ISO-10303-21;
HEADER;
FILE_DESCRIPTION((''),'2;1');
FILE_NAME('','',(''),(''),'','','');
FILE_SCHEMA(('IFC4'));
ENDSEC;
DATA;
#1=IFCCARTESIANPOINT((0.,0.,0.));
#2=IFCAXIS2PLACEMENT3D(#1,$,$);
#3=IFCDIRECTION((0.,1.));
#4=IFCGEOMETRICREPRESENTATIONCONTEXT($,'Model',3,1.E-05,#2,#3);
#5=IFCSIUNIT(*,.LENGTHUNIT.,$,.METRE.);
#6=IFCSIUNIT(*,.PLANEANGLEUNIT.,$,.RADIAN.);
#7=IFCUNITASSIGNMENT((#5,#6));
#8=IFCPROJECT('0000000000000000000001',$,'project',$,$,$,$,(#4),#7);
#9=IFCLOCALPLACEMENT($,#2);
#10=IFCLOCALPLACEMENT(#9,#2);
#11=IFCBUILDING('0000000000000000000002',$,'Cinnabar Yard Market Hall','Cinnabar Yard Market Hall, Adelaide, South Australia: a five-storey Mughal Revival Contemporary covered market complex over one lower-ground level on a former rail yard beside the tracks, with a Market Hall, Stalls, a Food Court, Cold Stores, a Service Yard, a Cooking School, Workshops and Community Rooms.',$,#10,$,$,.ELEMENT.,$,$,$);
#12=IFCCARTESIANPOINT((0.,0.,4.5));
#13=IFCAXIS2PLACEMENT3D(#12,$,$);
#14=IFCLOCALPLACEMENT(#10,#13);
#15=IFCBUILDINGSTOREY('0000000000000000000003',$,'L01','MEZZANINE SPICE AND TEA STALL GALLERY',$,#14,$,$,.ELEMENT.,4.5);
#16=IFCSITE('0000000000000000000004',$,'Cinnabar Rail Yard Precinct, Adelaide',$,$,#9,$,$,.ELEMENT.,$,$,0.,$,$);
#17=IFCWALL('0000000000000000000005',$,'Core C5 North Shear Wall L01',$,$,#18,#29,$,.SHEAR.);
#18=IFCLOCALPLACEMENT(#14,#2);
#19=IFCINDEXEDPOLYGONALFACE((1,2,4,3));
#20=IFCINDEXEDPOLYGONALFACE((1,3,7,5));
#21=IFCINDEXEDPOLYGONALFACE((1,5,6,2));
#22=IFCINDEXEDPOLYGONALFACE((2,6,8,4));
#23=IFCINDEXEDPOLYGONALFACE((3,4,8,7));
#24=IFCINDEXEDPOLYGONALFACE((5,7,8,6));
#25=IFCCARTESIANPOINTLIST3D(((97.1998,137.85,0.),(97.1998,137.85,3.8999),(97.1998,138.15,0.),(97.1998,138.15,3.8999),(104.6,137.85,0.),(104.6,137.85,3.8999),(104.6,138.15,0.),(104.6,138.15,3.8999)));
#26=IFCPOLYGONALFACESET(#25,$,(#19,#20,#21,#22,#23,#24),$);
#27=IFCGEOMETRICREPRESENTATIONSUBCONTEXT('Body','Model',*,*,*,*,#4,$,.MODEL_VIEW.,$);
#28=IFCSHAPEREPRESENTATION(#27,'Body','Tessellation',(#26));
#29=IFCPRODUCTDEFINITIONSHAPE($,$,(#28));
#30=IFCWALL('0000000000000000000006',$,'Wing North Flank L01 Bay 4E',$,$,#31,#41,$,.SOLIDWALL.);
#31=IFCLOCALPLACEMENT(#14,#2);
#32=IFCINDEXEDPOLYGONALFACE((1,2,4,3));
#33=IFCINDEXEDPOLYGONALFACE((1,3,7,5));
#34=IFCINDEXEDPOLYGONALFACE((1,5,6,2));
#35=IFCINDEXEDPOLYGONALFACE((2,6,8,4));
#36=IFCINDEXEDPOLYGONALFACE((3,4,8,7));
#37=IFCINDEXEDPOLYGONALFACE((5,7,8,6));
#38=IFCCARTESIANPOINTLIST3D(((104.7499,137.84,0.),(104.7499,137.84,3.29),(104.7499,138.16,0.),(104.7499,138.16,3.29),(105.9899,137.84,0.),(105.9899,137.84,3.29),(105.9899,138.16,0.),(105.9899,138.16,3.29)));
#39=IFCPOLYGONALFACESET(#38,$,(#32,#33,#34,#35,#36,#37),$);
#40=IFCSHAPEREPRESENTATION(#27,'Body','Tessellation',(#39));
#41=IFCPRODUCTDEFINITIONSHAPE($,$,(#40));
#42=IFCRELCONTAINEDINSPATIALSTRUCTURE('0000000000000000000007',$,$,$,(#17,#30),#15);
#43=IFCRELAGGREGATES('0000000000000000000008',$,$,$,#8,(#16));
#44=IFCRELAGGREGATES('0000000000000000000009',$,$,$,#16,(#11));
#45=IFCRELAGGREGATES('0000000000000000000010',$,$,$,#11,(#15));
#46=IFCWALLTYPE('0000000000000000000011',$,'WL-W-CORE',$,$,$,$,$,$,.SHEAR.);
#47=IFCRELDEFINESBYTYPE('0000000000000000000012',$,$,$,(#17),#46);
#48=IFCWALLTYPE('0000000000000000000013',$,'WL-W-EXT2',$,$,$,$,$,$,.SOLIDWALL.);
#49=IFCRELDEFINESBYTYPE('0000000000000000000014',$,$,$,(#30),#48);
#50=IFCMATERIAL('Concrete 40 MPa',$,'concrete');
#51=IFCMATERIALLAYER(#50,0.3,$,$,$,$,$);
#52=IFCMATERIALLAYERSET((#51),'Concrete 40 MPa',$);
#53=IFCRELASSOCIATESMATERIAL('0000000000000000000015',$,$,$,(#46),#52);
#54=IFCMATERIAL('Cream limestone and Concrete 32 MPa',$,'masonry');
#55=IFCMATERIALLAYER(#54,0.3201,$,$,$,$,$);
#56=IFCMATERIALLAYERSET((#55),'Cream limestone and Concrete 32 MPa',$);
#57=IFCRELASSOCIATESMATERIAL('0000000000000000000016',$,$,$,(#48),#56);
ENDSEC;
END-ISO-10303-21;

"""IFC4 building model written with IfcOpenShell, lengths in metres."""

from ifc_helpers import new_model, si_unit, direction, frame, frame_2d, origin, place, context, subcontext, project, spatial, rectangle, extrude, material, layer, layer_set, type_object, element, save


model = new_model("IFC4")

# Units and contexts
model_context = context("Model", 3, precision=1e-05, world=origin(), true_north=direction((0.0, 1.0)))
body_context = subcontext(model_context, "Body", "Model", "MODEL_VIEW")
ifc_project = project(units=[si_unit("LENGTHUNIT", "METRE"), si_unit("PLANEANGLEUNIT", "RADIAN")], contexts=[model_context])

# Site, building, storey
site_placement = place(None, origin())
site = spatial("IfcSite", under=ifc_project, at=site_placement, Name="Cinnabar Rail Yard Precinct, Adelaide", CompositionType="ELEMENT", RefElevation=0.0)
building_placement = place(site_placement, origin())
building = spatial("IfcBuilding", under=site, at=building_placement, Name="Cinnabar Yard Market Hall", Description="Cinnabar Yard Market Hall, Adelaide, South Australia: a five-storey Mughal Revival Contemporary covered market complex over one lower-ground level on a former rail yard beside the tracks, with a Market Hall, Stalls, a Food Court, Cold Stores, a Service Yard, a Cooking School, Workshops and Community Rooms.", CompositionType="ELEMENT")
storey_placement = place(building_placement, frame((0.0, 0.0, 4.5)))
storey = spatial("IfcBuildingStorey", under=building, at=storey_placement, Name="L01", Description="MEZZANINE SPICE AND TEA STALL GALLERY", CompositionType="ELEMENT", Elevation=4.5)

# Shared definitions
ifc_material_1 = material(Name="Concrete 40 MPa", Category="concrete")

# Walls
ifc_layer_1 = layer(ifc_material_1, 0.3)
ifc_layer_set_1 = layer_set([ifc_layer_1], Name="Concrete 40 MPa")
wall_type_1 = type_object("IfcWallType", Name="WL-W-CORE", PredefinedType="SHEAR", material=ifc_layer_set_1)
wall_1_placement = place(storey_placement, frame((104.6001, 138.0, 0.0), z_axis=(0.0, 0.0, 1.0), x_axis=(-1.0, 0.0, 0.0)))
element("IfcWall", 1, at=wall_1_placement, inside=storey, type_object=wall_type_1, Name="Core C5 North Shear Wall L01", PredefinedType="SHEAR", context=body_context, shape_type="SweptSolid", body=[
    extrude(rectangle(XDim=7.4001, YDim=0.3, at=frame_2d((3.7002, 0.0), x_axis=(1.0, 0.0))), origin(), (0.0, 0.0, 1.0), 3.8999),
])
ifc_material_2 = material(Name="Cream limestone and Concrete 32 MPa", Category="masonry")
ifc_layer_2 = layer(ifc_material_2, 0.3201)
ifc_layer_set_2 = layer_set([ifc_layer_2], Name="Cream limestone and Concrete 32 MPa")
wall_type_2 = type_object("IfcWallType", Name="WL-W-EXT2", PredefinedType="SOLIDWALL", material=ifc_layer_set_2)
wall_2_placement = place(storey_placement, frame((105.99, 138.0, 0.0), z_axis=(0.0, 0.0, 1.0), x_axis=(-1.0, 0.0, 0.0)))
element("IfcWall", 2, at=wall_2_placement, inside=storey, type_object=wall_type_2, Name="Wing North Flank L01 Bay 4E", PredefinedType="SOLIDWALL", context=body_context, shape_type="SweptSolid", body=[
    extrude(rectangle(XDim=1.24, YDim=0.3201, at=frame_2d((0.6201, 0.0), x_axis=(1.0, 0.0))), origin(), (0.0, 0.0, 1.0), 3.29),
])

save(model, "model.ifc")
